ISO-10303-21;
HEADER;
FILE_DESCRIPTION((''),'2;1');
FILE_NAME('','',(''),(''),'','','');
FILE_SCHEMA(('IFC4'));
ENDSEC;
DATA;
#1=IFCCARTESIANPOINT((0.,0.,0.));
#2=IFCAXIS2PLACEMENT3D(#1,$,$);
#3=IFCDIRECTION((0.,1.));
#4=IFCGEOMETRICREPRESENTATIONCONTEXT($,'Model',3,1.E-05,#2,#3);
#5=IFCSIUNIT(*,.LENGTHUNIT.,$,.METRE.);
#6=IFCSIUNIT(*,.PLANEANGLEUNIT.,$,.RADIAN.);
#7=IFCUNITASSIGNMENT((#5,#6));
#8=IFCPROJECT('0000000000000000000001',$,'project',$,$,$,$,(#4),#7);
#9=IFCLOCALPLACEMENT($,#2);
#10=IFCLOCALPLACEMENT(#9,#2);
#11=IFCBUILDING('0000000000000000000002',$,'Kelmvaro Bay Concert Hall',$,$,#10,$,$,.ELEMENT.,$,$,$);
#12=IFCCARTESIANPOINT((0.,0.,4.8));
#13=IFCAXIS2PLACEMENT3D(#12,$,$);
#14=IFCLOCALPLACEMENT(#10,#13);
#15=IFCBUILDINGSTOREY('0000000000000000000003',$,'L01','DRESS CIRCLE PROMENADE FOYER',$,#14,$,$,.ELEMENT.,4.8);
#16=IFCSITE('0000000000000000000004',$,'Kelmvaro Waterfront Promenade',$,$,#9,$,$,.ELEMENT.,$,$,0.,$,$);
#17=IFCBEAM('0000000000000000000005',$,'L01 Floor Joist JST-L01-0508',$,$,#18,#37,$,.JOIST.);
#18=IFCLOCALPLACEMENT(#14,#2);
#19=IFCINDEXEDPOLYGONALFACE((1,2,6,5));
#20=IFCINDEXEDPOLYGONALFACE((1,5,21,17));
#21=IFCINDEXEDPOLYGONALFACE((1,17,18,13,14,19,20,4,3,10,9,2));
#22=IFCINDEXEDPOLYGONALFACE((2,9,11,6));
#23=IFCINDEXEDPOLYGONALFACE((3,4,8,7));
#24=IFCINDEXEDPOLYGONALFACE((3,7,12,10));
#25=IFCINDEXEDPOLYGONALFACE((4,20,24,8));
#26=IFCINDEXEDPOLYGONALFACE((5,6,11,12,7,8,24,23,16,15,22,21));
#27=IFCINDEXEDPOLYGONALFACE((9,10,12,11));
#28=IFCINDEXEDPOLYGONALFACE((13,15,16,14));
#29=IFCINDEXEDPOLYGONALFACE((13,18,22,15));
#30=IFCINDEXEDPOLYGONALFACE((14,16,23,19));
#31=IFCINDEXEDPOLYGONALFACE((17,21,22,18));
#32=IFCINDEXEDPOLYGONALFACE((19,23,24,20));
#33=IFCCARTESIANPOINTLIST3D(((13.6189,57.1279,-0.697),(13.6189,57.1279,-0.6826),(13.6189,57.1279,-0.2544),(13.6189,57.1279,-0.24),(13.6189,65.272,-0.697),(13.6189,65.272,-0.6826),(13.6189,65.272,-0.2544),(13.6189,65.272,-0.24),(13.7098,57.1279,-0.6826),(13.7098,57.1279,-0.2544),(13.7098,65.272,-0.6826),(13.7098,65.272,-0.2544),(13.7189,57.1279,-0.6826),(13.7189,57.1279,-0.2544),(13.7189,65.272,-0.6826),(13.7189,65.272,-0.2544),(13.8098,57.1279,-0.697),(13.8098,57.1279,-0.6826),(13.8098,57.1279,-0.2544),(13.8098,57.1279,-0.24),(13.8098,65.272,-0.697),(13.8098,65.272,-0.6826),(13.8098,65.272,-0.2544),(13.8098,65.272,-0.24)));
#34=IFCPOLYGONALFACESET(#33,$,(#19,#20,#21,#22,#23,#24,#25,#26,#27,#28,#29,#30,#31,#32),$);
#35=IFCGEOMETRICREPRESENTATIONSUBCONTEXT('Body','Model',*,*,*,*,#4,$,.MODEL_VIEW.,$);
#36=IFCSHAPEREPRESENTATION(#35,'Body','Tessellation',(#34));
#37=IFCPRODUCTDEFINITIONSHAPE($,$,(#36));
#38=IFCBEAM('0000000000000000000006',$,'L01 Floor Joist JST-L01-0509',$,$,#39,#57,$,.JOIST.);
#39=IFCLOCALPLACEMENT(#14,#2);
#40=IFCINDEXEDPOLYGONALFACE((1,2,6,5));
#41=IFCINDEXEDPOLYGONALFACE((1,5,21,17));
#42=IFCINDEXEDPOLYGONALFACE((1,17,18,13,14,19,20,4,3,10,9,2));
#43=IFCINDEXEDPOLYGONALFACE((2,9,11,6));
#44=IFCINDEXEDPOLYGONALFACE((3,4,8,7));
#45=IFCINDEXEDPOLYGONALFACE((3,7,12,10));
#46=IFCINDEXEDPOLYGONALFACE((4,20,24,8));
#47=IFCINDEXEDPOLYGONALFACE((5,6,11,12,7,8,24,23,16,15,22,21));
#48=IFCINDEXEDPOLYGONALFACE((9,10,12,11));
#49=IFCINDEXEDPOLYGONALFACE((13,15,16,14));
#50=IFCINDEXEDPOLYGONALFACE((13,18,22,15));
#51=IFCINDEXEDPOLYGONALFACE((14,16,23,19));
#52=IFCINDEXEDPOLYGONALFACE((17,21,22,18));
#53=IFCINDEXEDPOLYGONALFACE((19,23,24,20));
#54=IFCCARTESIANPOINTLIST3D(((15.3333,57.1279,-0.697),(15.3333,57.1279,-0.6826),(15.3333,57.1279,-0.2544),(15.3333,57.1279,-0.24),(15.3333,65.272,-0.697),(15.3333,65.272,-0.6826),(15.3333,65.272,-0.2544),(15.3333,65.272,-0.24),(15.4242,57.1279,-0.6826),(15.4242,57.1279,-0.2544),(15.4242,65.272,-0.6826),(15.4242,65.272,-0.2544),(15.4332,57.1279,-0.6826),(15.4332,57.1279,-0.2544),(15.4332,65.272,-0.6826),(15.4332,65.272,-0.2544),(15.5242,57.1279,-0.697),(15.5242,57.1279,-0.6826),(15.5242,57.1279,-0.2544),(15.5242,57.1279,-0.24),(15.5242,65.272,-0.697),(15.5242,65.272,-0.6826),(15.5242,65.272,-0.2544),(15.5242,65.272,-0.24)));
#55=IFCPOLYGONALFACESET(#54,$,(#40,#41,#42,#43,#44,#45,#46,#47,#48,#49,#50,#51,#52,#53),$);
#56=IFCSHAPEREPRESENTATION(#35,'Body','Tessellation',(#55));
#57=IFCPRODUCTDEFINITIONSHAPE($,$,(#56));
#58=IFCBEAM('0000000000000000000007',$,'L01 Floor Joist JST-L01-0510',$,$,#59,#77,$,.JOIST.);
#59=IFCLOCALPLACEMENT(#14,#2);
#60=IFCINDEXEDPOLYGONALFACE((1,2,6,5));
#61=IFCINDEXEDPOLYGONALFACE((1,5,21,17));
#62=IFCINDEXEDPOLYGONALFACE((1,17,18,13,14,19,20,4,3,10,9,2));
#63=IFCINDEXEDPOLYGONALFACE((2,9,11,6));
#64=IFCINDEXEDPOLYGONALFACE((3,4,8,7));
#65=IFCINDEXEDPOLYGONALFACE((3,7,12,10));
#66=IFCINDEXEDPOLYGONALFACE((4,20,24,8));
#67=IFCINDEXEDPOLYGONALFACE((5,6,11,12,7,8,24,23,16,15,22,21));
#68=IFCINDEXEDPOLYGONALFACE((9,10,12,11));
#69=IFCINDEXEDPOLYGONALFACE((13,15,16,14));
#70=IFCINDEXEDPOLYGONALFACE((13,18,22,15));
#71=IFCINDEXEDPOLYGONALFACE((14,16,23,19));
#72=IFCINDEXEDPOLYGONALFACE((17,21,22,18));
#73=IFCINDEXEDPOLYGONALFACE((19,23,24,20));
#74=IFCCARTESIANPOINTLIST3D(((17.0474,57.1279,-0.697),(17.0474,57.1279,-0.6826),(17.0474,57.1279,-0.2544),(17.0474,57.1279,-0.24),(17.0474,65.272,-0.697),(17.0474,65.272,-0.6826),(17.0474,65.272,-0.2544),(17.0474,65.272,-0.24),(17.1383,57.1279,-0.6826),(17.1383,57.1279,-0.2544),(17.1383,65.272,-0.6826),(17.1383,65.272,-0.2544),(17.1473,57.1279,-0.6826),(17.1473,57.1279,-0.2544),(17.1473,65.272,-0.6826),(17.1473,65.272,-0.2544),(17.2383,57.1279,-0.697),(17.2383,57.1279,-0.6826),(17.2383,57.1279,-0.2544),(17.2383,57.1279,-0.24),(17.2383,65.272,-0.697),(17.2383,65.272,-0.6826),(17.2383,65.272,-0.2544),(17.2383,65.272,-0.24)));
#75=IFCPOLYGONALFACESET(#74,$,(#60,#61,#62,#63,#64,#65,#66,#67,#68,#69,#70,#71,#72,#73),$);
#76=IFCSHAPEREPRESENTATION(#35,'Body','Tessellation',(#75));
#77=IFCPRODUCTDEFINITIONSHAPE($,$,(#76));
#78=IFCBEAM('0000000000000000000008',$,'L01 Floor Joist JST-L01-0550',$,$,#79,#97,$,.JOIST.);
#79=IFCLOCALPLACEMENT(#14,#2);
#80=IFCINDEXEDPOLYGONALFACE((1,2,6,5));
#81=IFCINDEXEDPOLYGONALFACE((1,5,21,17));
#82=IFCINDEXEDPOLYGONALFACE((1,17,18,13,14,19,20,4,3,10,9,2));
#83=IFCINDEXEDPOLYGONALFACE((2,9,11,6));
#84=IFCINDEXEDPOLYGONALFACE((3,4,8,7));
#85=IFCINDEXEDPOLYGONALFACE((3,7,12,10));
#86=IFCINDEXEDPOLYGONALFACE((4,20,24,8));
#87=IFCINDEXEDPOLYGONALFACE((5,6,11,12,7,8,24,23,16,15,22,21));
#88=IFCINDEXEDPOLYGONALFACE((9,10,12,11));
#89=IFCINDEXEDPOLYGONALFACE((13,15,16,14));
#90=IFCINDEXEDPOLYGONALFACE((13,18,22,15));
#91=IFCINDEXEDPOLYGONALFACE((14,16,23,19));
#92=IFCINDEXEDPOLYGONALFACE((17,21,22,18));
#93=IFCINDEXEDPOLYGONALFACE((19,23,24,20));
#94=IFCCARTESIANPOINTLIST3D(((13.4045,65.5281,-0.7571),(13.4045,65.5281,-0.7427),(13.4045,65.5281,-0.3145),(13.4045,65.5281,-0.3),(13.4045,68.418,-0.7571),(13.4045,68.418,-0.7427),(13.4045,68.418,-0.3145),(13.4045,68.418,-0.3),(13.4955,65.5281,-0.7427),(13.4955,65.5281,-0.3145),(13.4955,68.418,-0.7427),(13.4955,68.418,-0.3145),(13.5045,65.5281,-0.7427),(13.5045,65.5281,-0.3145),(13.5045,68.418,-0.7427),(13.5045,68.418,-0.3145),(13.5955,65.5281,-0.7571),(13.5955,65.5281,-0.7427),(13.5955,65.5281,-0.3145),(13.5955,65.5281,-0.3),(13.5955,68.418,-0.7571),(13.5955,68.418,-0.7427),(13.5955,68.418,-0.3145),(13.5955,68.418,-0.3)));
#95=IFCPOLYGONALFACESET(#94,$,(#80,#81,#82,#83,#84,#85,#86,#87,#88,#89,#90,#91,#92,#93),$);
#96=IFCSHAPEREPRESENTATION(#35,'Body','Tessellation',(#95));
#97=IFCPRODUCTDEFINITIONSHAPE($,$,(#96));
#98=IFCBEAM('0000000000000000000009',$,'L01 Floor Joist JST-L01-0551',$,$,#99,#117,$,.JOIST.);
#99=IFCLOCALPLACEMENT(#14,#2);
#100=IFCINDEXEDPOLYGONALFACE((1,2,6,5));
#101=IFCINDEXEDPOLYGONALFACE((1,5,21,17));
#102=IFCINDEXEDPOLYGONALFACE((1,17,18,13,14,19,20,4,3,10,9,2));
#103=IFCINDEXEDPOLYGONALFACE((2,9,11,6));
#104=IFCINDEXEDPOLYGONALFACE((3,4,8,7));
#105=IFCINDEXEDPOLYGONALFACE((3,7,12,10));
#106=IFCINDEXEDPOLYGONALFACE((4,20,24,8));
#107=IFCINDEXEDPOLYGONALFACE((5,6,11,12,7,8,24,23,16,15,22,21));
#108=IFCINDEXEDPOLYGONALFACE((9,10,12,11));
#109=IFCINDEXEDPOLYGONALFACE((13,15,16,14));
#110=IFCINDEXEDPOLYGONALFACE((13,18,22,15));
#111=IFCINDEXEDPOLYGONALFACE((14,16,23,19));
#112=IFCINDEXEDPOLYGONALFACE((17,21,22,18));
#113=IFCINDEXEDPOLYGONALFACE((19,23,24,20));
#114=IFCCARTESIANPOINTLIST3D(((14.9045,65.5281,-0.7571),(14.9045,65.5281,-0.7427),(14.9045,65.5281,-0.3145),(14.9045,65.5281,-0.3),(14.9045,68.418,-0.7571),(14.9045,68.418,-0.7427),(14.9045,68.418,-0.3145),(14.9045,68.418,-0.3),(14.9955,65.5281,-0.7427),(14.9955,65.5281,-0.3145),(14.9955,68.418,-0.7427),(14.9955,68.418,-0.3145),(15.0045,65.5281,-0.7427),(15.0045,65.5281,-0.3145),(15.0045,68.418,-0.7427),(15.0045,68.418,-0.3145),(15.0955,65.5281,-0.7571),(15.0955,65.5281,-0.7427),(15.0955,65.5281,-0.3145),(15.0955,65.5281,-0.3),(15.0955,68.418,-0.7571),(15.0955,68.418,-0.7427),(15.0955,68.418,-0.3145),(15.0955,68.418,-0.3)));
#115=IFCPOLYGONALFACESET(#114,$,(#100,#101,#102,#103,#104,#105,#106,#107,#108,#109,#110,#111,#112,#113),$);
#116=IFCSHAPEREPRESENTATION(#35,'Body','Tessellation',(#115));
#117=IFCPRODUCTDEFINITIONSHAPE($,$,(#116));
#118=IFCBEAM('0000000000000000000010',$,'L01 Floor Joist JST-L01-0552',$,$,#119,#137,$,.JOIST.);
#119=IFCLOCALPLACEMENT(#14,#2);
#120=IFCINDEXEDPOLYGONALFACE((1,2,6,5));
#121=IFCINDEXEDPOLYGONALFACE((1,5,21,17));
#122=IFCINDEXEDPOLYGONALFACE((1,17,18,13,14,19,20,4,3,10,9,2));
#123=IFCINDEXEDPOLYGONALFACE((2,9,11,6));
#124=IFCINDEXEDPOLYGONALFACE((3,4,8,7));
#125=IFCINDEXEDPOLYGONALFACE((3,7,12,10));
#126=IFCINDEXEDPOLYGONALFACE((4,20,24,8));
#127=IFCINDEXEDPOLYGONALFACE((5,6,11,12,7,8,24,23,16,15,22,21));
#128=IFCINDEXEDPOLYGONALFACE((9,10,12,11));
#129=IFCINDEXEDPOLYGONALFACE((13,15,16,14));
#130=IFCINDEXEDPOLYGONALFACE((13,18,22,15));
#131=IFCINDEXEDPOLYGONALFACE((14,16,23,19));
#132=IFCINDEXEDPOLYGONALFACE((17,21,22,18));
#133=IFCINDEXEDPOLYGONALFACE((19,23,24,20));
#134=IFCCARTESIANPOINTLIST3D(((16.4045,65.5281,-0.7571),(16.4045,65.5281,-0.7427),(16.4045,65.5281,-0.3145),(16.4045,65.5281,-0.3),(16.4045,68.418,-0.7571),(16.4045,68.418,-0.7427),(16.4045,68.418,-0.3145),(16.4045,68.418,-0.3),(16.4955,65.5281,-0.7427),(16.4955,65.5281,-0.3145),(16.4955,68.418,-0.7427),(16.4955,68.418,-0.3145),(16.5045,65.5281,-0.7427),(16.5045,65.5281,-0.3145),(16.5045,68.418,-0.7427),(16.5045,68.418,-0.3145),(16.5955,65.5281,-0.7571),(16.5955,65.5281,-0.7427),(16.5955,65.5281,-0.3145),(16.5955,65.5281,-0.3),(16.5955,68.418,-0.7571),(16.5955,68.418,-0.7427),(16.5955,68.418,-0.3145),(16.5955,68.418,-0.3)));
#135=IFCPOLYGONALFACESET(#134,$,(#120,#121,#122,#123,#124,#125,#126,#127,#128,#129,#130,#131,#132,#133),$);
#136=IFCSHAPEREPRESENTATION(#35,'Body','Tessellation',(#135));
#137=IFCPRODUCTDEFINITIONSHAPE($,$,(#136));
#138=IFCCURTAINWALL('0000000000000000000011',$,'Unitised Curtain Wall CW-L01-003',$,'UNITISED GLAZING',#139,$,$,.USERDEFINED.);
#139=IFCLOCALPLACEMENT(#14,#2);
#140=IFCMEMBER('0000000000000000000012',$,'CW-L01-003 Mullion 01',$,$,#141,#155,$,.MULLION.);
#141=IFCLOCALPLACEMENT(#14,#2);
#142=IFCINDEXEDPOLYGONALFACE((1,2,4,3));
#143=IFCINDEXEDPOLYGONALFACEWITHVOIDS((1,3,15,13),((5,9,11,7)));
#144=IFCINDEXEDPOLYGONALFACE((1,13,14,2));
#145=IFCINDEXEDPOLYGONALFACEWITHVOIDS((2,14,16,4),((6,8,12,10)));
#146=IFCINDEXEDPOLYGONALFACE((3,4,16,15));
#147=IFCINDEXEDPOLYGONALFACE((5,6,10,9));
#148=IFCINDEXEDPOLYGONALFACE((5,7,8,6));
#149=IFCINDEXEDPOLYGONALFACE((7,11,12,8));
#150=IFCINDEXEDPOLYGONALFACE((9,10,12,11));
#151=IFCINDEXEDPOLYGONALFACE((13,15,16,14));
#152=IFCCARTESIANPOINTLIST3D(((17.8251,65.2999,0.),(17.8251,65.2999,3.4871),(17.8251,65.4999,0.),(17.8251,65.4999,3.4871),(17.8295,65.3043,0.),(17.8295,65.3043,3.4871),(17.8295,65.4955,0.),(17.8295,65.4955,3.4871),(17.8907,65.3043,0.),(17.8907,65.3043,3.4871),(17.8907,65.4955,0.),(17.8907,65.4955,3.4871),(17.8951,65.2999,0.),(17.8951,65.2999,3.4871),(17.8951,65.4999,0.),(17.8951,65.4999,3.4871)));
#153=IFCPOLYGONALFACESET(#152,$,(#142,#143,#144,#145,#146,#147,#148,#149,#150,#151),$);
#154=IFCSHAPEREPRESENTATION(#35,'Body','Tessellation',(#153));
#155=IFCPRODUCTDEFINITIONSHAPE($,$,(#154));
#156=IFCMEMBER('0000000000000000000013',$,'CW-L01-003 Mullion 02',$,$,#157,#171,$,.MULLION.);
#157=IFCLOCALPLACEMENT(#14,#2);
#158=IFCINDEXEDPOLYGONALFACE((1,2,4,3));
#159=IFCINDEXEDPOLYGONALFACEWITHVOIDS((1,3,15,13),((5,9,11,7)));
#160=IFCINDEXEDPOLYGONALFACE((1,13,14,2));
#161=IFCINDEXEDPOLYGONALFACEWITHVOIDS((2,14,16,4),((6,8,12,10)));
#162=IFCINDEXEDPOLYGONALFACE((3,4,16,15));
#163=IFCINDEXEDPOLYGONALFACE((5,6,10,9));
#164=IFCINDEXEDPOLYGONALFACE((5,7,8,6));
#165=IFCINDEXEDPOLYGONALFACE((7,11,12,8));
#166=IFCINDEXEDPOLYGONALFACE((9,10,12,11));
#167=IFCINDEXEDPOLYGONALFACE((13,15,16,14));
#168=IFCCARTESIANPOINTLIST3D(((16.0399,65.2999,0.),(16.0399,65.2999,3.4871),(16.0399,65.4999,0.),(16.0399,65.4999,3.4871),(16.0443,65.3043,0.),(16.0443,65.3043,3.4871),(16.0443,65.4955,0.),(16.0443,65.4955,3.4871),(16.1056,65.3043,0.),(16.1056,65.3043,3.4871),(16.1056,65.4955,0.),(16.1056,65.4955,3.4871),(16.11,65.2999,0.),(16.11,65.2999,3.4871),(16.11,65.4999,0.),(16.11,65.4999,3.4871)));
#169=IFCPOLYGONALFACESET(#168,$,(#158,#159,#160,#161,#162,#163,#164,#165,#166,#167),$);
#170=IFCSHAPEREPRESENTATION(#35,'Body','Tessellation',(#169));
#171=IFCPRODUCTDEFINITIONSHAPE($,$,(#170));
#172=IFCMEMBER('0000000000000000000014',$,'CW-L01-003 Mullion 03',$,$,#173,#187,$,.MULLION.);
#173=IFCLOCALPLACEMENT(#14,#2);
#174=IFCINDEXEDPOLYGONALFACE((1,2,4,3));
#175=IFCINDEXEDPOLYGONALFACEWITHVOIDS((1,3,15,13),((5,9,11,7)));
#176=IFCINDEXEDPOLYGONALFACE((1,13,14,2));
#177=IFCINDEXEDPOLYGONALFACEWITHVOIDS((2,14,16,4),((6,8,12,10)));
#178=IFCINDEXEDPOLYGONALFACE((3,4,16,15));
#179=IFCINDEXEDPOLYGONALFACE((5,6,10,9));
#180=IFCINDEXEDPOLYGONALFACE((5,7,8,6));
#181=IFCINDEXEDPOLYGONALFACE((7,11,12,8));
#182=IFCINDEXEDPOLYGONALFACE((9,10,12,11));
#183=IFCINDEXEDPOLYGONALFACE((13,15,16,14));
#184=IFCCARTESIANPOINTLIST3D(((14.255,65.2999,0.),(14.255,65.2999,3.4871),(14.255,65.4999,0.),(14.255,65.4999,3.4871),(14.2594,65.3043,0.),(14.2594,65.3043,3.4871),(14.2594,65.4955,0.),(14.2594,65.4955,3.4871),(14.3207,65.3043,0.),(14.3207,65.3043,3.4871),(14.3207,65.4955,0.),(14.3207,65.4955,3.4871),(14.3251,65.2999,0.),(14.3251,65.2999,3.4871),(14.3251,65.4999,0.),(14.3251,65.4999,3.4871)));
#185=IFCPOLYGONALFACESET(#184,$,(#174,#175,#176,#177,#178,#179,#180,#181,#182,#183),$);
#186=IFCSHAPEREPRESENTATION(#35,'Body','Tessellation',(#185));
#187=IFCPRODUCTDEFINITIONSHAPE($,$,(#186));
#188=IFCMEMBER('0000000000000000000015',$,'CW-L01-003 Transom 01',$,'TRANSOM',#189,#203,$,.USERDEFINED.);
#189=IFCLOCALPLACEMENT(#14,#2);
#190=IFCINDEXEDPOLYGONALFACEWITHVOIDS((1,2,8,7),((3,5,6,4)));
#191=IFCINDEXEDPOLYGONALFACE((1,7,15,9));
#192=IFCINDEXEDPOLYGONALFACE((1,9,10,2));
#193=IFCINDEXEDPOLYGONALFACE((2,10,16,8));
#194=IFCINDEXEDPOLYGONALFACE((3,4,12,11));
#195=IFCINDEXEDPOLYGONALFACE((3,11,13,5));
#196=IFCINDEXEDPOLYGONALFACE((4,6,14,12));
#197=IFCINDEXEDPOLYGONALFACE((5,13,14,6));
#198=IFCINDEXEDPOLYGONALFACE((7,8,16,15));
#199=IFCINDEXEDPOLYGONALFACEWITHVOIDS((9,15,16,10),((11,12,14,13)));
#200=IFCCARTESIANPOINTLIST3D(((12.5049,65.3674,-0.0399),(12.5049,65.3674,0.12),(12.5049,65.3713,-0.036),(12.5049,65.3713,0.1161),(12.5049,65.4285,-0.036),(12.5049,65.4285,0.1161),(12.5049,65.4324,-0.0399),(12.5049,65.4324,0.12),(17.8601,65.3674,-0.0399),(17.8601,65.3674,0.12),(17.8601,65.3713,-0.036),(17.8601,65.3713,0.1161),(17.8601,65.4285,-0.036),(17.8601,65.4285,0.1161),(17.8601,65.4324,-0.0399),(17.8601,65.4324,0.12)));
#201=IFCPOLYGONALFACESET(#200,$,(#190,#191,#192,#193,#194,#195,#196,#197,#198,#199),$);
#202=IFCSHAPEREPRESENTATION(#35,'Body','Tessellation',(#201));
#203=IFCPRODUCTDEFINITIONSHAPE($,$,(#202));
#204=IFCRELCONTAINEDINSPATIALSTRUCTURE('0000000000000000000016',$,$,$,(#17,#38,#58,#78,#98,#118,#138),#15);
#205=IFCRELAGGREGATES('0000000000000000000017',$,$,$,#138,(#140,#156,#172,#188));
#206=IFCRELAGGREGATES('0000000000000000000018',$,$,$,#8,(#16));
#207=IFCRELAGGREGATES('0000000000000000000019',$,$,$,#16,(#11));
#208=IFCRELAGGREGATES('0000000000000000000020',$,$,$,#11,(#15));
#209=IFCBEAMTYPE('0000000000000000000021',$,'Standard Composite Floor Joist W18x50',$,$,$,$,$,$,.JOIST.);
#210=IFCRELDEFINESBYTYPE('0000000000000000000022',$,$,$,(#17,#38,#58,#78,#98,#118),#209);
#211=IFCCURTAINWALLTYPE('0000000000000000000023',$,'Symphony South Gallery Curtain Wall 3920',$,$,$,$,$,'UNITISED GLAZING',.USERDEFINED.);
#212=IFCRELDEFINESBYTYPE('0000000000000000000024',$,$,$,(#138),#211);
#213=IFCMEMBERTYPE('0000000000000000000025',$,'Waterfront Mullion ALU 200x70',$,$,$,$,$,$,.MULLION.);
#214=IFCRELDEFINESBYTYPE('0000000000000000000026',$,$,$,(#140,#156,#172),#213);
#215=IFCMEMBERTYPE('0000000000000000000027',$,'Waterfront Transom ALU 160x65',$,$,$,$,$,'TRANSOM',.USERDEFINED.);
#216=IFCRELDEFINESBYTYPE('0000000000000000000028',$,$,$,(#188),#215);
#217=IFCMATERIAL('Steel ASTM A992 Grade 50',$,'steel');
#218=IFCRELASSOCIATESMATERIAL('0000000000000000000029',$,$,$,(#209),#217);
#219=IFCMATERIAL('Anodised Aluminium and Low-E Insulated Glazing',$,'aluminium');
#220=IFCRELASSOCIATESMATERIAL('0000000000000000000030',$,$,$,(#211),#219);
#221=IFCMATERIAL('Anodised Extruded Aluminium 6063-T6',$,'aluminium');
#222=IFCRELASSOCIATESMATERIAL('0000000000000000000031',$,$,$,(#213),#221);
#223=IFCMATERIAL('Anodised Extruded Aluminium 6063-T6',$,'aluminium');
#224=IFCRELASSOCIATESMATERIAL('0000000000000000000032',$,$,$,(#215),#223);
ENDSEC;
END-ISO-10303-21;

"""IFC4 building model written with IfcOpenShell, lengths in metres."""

from ifc_helpers import new_model, si_unit, direction, frame, origin, origin_2d, place, context, subcontext, project, spatial, hollow_rectangle, i_section, extrude, material, material_profile, profile_set, type_object, element, aggregate, save


model = new_model("IFC4")

# Units and contexts
model_context = context("Model", 3, precision=1e-05, world=origin(), true_north=direction((0.0, 1.0)))
body_context = subcontext(model_context, "Body", "Model", "MODEL_VIEW")
ifc_project = project(units=[si_unit("LENGTHUNIT", "METRE"), si_unit("PLANEANGLEUNIT", "RADIAN")], contexts=[model_context])

# Site, building, storey
site_placement = place(None, origin())
site = spatial("IfcSite", under=ifc_project, at=site_placement, Name="Kelmvaro Waterfront Promenade", CompositionType="ELEMENT", RefElevation=0.0)
building_placement = place(site_placement, origin())
building = spatial("IfcBuilding", under=site, at=building_placement, Name="Kelmvaro Bay Concert Hall", CompositionType="ELEMENT")
storey_placement = place(building_placement, frame((0.0, 0.0, 4.8)))
storey = spatial("IfcBuildingStorey", under=building, at=storey_placement, Name="L01", Description="DRESS CIRCLE PROMENADE FOYER", CompositionType="ELEMENT", Elevation=4.8)

# Beams
ifc_material_1 = material(Name="Steel ASTM A992 Grade 50", Category="steel")
ifc_material_profile_1 = material_profile(ifc_material_1, i_section(OverallWidth=0.1909, OverallDepth=0.457, WebThickness=0.009, FlangeThickness=0.0144, at=origin_2d()), Name="W18X50")
ifc_profile_set_1 = profile_set([ifc_material_profile_1], Name="Steel ASTM A992 Grade 50")
beam_type = type_object("IfcBeamType", Name="Standard Composite Floor Joist W18x50", PredefinedType="JOIST", material=ifc_profile_set_1)
for number, where, z_axis, x_axis, name in (
    (1, (13.7144, 57.1279, -0.4685), (0.0, 1.0, 0.0), (-1.0, 0.0, 0.0), "L01 Floor Joist JST-L01-0508"),
    (2, (15.4287, 57.1279, -0.4685), (0.0, 1.0, 0.0), (-1.0, 0.0, 0.0), "L01 Floor Joist JST-L01-0509"),
    (3, (17.1428, 57.1279, -0.4685), (0.0, 1.0, 0.0), (-1.0, 0.0, 0.0), "L01 Floor Joist JST-L01-0510"),
):
    element("IfcBeam", number, at=place(storey_placement, frame(where, z_axis=z_axis, x_axis=x_axis)), inside=storey, type_object=beam_type, Name=name, PredefinedType="JOIST", context=body_context, shape_type="SweptSolid", body=[
        extrude(i_section(OverallWidth=0.1909, OverallDepth=0.457, WebThickness=0.009, FlangeThickness=0.0144, at=origin_2d()), origin(), (0.0, 0.0, 1.0), 8.144),
    ])
for number, where, z_axis, x_axis, name in (
    (4, (13.5, 65.5281, -0.5286), (0.0, 1.0, 0.0), (-1.0, 0.0, 0.0), "L01 Floor Joist JST-L01-0550"),
    (5, (15.0, 65.5281, -0.5286), (0.0, 1.0, 0.0), (-1.0, 0.0, 0.0), "L01 Floor Joist JST-L01-0551"),
    (6, (16.5, 65.5281, -0.5286), (0.0, 1.0, 0.0), (-1.0, 0.0, 0.0), "L01 Floor Joist JST-L01-0552"),
):
    element("IfcBeam", number, at=place(storey_placement, frame(where, z_axis=z_axis, x_axis=x_axis)), inside=storey, type_object=beam_type, Name=name, PredefinedType="JOIST", context=body_context, shape_type="SweptSolid", body=[
        extrude(i_section(OverallWidth=0.1909, OverallDepth=0.457, WebThickness=0.009, FlangeThickness=0.0144, at=origin_2d()), origin(), (0.0, 0.0, 1.0), 2.8899),
    ])

# Curtain wall, members
ifc_material_2 = material(Name="Anodised Aluminium and Low-E Insulated Glazing", Category="aluminium")
curtain_wall_type = type_object("IfcCurtainWallType", Name="Symphony South Gallery Curtain Wall 3920", ElementType="UNITISED GLAZING", PredefinedType="USERDEFINED", material=ifc_material_2)
curtain_wall_placement = place(storey_placement, origin())
curtain_wall = element("IfcCurtainWall", 7, at=curtain_wall_placement, inside=storey, type_object=curtain_wall_type, Name="Unitised Curtain Wall CW-L01-003", ObjectType="UNITISED GLAZING", PredefinedType="USERDEFINED")
ifc_material_3 = material(Name="Anodised Extruded Aluminium 6063-T6", Category="aluminium")
ifc_material_profile_2 = material_profile(ifc_material_3, hollow_rectangle(XDim=0.0701, YDim=0.2, WallThickness=0.0044, at=origin_2d()), Name="ALU-MUL-200X70")
ifc_profile_set_2 = profile_set([ifc_material_profile_2], Name="Anodised Extruded Aluminium 6063-T6")
member_type_1 = type_object("IfcMemberType", Name="Waterfront Mullion ALU 200x70", PredefinedType="MULLION", material=ifc_profile_set_2)
member_1_placement = place(storey_placement, frame((17.8601, 65.3999, 0.0), z_axis=(0.0, 0.0, 1.0), x_axis=(1.0, 0.0, 0.0)))
member_1 = element("IfcMember", 8, at=member_1_placement, type_object=member_type_1, Name="CW-L01-003 Mullion 01", PredefinedType="MULLION", context=body_context, shape_type="SweptSolid", body=[
    extrude(hollow_rectangle(XDim=0.0701, YDim=0.2, WallThickness=0.0044, at=origin_2d()), origin(), (0.0, 0.0, 1.0), 3.4871),
])
member_2_placement = place(storey_placement, frame((16.075, 65.3999, 0.0), z_axis=(0.0, 0.0, 1.0), x_axis=(1.0, 0.0, 0.0)))
member_2 = element("IfcMember", 9, at=member_2_placement, type_object=member_type_1, Name="CW-L01-003 Mullion 02", PredefinedType="MULLION", context=body_context, shape_type="SweptSolid", body=[
    extrude(hollow_rectangle(XDim=0.0701, YDim=0.2, WallThickness=0.0044, at=origin_2d()), origin(), (0.0, 0.0, 1.0), 3.4871),
])
member_3_placement = place(storey_placement, frame((14.29, 65.3999, 0.0), z_axis=(0.0, 0.0, 1.0), x_axis=(1.0, 0.0, 0.0)))
member_3 = element("IfcMember", 10, at=member_3_placement, type_object=member_type_1, Name="CW-L01-003 Mullion 03", PredefinedType="MULLION", context=body_context, shape_type="SweptSolid", body=[
    extrude(hollow_rectangle(XDim=0.0701, YDim=0.2, WallThickness=0.0044, at=origin_2d()), origin(), (0.0, 0.0, 1.0), 3.4871),
])
ifc_material_4 = material(Name="Anodised Extruded Aluminium 6063-T6", Category="aluminium")
ifc_material_profile_3 = material_profile(ifc_material_4, hollow_rectangle(XDim=0.0649, YDim=0.1599, WallThickness=0.0039, at=origin_2d()), Name="ALU-TRN-160X65")
ifc_profile_set_3 = profile_set([ifc_material_profile_3], Name="Anodised Extruded Aluminium 6063-T6")
member_type_2 = type_object("IfcMemberType", Name="Waterfront Transom ALU 160x65", ElementType="TRANSOM", PredefinedType="USERDEFINED", material=ifc_profile_set_3)
member_4_placement = place(storey_placement, frame((17.8601, 65.3999, 0.04), z_axis=(-1.0, 0.0, 0.0), x_axis=(0.0, -1.0, 0.0)))
member_4 = element("IfcMember", 11, at=member_4_placement, type_object=member_type_2, Name="CW-L01-003 Transom 01", ObjectType="TRANSOM", PredefinedType="USERDEFINED", context=body_context, shape_type="SweptSolid", body=[
    extrude(hollow_rectangle(XDim=0.0649, YDim=0.1599, WallThickness=0.0039, at=origin_2d()), origin(), (0.0, 0.0, 1.0), 5.3552),
])
aggregate(curtain_wall, [member_1, member_2, member_3, member_4])

save(model, "model.ifc")
